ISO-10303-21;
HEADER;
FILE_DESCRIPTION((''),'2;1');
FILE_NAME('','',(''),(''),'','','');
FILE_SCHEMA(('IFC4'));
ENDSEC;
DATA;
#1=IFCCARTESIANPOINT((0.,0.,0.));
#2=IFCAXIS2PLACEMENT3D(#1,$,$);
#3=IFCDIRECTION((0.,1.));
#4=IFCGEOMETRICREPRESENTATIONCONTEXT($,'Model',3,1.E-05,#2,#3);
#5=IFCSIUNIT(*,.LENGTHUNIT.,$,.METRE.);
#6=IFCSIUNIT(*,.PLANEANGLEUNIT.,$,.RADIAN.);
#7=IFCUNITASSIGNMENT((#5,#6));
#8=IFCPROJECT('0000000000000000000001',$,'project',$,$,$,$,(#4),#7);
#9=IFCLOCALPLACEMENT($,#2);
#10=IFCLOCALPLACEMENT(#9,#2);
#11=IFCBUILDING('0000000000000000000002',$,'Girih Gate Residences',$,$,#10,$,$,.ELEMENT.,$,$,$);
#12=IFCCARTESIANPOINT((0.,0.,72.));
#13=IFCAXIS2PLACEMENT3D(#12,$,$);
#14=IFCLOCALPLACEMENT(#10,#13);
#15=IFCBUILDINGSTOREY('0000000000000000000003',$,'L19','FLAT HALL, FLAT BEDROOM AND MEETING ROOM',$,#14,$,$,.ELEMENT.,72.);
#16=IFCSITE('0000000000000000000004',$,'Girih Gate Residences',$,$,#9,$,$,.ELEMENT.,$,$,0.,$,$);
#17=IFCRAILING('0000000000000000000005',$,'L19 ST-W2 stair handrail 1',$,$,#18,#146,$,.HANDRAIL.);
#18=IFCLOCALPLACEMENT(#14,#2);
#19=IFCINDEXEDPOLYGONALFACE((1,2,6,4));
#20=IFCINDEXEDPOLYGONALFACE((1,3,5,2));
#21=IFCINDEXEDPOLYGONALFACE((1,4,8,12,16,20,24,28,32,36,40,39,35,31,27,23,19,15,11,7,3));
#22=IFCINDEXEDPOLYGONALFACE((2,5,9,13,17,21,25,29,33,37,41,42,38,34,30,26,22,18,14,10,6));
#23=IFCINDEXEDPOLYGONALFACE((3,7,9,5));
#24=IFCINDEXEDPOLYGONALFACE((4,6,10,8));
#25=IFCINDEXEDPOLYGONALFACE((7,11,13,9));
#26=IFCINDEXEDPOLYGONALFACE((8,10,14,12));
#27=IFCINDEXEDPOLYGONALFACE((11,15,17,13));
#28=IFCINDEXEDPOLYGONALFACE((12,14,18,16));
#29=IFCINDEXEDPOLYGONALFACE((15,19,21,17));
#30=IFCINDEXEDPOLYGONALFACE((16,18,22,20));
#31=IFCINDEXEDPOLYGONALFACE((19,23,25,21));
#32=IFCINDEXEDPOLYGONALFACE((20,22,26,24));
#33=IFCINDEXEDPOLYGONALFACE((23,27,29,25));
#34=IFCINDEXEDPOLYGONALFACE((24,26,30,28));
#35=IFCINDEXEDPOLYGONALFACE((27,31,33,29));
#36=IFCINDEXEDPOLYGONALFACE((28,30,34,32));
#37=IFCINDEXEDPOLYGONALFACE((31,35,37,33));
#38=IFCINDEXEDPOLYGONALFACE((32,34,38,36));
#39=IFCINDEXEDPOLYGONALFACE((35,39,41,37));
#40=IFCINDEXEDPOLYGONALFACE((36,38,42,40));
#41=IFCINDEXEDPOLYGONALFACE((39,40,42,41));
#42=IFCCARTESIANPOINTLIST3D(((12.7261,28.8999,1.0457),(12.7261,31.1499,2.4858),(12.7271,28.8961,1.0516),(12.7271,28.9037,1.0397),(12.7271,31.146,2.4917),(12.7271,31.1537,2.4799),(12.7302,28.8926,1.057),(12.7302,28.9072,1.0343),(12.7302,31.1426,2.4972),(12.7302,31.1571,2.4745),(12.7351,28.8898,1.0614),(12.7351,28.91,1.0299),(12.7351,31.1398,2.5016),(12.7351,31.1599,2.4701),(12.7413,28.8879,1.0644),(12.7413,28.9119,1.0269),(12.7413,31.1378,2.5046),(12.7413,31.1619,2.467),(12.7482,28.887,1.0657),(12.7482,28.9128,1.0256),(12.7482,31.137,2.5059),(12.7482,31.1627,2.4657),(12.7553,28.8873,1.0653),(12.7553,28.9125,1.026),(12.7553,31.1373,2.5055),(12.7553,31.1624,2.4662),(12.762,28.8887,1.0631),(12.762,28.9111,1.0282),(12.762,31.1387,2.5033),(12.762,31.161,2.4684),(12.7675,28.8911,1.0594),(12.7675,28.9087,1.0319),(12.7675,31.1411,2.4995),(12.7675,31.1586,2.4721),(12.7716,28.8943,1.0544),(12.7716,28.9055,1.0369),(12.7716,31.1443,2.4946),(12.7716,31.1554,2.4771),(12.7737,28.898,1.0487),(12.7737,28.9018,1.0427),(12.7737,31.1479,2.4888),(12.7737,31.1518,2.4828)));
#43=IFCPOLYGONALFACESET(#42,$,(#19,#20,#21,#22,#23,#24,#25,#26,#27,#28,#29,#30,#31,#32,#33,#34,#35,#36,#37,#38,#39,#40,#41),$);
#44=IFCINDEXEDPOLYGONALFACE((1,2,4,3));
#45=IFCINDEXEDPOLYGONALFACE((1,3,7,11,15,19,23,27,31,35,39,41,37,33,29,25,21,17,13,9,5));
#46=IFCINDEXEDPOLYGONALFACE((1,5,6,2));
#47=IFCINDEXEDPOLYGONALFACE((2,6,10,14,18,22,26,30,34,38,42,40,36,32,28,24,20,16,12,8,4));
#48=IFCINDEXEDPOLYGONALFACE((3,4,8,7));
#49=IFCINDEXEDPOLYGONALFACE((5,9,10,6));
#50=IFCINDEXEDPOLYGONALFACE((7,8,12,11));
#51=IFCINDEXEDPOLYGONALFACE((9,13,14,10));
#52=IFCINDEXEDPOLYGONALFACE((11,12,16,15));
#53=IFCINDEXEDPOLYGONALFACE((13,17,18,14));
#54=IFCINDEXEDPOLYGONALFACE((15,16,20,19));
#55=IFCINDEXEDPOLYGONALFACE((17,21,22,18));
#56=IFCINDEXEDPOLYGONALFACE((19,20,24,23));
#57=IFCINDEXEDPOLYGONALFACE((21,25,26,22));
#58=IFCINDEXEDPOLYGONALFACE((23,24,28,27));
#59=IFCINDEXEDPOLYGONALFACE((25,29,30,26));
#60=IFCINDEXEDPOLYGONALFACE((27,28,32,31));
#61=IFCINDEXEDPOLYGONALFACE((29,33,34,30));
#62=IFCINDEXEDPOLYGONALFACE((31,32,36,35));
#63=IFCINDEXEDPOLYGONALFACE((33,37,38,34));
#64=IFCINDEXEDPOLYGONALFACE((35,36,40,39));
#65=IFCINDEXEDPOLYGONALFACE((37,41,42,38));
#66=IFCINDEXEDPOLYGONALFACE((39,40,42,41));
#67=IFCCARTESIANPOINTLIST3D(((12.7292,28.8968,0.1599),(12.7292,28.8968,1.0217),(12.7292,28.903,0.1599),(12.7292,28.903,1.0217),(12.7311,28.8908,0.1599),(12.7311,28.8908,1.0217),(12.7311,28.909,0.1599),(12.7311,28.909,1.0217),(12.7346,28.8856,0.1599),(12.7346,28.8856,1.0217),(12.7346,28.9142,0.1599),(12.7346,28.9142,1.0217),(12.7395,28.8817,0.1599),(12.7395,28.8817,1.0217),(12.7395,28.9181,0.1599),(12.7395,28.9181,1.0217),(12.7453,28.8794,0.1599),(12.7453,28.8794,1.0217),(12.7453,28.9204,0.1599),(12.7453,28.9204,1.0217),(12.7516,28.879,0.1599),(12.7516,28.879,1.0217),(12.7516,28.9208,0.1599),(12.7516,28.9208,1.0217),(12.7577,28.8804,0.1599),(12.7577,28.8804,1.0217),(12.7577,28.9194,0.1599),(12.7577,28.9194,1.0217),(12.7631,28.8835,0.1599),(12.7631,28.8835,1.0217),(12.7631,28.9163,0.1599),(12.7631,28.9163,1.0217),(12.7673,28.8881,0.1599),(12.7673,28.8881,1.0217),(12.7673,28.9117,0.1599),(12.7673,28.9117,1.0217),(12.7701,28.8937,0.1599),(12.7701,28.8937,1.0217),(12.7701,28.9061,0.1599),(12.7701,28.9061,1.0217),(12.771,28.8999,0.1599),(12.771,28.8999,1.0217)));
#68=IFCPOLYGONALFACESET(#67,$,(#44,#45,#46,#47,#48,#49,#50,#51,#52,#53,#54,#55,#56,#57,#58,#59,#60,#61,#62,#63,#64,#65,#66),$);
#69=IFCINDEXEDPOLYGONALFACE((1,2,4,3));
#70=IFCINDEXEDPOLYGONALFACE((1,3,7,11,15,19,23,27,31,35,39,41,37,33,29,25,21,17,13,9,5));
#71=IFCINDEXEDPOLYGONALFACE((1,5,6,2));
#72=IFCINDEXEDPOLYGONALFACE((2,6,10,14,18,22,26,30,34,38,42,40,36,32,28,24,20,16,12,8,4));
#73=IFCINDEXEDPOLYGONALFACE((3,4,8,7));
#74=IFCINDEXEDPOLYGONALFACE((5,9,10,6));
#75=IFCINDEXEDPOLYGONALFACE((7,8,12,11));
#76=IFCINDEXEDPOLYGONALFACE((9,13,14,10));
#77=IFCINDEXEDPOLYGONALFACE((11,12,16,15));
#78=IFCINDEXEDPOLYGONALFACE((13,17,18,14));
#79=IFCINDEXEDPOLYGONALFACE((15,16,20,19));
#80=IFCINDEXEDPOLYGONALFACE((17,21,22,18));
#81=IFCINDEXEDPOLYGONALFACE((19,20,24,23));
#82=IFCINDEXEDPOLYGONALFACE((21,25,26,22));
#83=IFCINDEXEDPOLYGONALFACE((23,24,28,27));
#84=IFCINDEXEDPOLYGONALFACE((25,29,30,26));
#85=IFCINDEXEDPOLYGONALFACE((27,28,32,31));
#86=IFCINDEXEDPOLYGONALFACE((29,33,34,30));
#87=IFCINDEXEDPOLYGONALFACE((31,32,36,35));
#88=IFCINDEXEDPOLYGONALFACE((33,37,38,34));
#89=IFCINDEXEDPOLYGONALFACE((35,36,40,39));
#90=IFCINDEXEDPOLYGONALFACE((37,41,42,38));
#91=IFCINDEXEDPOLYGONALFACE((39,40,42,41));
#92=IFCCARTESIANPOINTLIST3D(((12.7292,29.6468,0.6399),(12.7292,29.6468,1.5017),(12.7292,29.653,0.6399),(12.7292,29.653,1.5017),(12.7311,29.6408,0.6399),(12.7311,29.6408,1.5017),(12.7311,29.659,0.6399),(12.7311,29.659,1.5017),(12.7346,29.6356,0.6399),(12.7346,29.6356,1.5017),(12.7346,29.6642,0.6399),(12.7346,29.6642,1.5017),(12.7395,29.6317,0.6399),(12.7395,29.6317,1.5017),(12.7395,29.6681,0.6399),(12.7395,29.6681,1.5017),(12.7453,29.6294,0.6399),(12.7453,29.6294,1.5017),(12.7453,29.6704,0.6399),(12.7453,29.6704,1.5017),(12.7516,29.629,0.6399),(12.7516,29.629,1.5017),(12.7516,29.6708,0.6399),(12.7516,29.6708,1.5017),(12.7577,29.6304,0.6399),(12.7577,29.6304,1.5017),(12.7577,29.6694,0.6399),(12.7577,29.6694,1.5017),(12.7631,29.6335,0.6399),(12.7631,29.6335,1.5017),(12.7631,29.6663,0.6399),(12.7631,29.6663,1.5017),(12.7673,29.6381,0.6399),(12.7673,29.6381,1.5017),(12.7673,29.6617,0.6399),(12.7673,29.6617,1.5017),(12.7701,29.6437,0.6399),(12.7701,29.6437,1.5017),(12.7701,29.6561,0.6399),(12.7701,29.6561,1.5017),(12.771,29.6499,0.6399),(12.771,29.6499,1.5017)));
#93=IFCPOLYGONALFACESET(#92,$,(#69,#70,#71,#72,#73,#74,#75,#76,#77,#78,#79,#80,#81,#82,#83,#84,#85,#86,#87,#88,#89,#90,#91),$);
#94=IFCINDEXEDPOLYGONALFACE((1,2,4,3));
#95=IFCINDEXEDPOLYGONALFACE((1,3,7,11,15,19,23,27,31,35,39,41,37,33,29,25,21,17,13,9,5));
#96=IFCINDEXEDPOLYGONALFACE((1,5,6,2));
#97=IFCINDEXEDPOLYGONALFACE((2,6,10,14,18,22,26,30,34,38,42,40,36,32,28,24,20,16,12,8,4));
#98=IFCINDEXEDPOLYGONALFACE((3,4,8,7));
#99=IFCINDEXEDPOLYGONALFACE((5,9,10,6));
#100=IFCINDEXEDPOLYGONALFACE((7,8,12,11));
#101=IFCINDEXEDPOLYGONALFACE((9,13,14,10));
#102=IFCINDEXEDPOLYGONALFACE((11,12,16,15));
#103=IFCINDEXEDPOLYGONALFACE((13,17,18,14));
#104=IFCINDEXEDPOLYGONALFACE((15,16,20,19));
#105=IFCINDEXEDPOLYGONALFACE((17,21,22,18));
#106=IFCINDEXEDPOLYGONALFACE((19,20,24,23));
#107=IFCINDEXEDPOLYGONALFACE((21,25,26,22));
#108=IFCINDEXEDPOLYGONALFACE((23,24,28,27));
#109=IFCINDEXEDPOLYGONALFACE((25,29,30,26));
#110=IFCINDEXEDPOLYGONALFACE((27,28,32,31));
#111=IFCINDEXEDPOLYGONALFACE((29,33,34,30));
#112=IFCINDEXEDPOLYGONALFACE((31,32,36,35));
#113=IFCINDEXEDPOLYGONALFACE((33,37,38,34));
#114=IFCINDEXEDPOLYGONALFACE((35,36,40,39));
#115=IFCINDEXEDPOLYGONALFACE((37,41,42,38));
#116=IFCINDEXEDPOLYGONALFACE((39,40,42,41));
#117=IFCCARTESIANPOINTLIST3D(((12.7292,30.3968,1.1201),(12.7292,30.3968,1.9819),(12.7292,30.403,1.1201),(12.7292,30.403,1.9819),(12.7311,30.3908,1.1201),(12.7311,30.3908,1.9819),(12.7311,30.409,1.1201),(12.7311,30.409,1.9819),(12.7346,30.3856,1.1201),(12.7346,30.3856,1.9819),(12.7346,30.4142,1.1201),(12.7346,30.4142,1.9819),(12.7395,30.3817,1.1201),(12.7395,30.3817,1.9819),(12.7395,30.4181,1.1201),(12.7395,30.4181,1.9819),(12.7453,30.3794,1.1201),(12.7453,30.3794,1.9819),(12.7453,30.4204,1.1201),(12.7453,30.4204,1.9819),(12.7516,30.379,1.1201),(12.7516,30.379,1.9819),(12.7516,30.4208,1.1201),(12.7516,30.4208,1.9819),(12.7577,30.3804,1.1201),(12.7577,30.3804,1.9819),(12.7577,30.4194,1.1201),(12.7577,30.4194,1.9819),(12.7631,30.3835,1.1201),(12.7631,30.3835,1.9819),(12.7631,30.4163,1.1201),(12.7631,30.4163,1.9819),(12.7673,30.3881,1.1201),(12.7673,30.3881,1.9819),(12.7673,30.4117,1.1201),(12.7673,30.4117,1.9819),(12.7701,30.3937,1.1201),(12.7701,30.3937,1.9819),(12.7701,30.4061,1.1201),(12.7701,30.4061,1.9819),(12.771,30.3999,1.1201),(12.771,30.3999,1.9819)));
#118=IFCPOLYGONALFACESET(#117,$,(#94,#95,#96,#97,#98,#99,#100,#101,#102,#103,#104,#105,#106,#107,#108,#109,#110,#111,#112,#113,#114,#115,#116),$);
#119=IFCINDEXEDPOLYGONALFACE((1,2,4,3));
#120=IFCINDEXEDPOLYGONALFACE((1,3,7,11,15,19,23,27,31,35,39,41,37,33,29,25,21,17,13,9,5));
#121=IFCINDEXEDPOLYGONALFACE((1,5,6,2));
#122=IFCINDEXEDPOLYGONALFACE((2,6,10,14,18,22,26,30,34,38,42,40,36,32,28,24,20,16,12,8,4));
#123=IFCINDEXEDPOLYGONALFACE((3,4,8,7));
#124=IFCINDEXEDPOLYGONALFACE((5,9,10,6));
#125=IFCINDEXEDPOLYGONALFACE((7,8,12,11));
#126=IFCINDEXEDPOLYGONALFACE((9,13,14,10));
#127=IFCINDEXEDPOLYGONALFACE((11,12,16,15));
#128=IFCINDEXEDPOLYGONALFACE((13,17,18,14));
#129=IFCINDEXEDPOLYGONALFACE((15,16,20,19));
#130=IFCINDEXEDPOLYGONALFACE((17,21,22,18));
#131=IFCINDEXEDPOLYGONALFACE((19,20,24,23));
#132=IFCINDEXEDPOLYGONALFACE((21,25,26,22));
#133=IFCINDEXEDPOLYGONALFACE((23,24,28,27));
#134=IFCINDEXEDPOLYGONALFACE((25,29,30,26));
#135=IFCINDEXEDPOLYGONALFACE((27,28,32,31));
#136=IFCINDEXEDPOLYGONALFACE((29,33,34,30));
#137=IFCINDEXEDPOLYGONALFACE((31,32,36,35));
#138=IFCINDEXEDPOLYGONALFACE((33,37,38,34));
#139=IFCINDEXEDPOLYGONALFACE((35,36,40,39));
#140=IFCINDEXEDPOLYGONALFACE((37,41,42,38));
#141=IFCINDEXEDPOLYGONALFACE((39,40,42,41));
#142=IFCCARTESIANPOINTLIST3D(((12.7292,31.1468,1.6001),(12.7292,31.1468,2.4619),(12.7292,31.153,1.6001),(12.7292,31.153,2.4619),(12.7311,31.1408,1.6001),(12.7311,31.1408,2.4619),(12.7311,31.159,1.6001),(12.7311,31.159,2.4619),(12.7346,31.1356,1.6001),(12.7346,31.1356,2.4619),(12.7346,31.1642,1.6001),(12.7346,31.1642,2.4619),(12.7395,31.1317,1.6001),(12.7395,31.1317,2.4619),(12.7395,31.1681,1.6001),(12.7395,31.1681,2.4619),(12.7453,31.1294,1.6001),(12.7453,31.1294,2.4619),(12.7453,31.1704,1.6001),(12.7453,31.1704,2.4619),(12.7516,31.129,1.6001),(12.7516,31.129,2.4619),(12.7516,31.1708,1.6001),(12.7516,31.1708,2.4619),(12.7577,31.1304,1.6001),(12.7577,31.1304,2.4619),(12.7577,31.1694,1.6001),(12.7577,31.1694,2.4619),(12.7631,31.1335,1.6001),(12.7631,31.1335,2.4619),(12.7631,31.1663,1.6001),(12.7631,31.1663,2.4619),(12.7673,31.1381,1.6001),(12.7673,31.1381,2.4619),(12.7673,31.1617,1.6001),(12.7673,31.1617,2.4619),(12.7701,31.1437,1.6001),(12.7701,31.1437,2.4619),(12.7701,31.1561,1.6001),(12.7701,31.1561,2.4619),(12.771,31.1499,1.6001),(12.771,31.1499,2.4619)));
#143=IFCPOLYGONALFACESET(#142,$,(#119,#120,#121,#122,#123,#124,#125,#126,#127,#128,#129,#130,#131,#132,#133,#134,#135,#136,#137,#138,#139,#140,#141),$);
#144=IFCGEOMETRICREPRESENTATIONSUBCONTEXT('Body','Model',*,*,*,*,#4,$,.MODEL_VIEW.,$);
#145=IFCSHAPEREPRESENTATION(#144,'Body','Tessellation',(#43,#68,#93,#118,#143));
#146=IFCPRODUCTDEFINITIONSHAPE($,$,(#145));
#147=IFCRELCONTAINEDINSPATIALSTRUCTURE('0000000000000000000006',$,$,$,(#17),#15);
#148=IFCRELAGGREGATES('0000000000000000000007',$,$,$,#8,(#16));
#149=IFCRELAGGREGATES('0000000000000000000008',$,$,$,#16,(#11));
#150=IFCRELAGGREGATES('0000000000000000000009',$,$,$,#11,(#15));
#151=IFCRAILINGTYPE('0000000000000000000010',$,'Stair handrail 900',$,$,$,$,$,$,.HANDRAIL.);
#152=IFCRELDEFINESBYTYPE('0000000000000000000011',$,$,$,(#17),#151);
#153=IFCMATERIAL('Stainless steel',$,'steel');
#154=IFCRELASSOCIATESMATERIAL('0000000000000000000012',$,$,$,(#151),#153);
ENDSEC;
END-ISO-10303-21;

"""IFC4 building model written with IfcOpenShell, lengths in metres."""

from ifc_helpers import new_model, si_unit, direction, frame, origin, origin_2d, place, context, subcontext, project, spatial, circle, extrude, material, type_object, element, save


model = new_model("IFC4")

# Units and contexts
model_context = context("Model", 3, precision=1e-05, world=origin(), true_north=direction((0.0, 1.0)))
body_context = subcontext(model_context, "Body", "Model", "MODEL_VIEW")
ifc_project = project(units=[si_unit("LENGTHUNIT", "METRE"), si_unit("PLANEANGLEUNIT", "RADIAN")], contexts=[model_context])

# Site, building, storey
site_placement = place(None, origin())
site = spatial("IfcSite", under=ifc_project, at=site_placement, Name="Girih Gate Residences", CompositionType="ELEMENT", RefElevation=0.0)
building_placement = place(site_placement, origin())
building = spatial("IfcBuilding", under=site, at=building_placement, Name="Girih Gate Residences", CompositionType="ELEMENT")
storey_placement = place(building_placement, frame((0.0, 0.0, 72.0)))
storey = spatial("IfcBuildingStorey", under=building, at=storey_placement, Name="L19", Description="FLAT HALL, FLAT BEDROOM AND MEETING ROOM", CompositionType="ELEMENT", Elevation=72.0)

# Railing
ifc_material_1 = material(Name="Stainless steel", Category="steel")
railing_type_1 = type_object("IfcRailingType", Name="Stair handrail 900", PredefinedType="HANDRAIL", material=ifc_material_1)
railing_1_placement = place(storey_placement, frame((12.75, 28.8999, 0.1599)))
element("IfcRailing", 1, at=railing_1_placement, inside=storey, type_object=railing_type_1, Name="L19 ST-W2 stair handrail 1", PredefinedType="HANDRAIL", context=body_context, shape_type="SweptSolid", body=[
    extrude(circle(Radius=0.0239, at=origin_2d()), frame((0.0, 0.0, 0.8857), z_axis=(0.0, 0.84224, 0.539103), x_axis=(-1.0, 0.0, 0.0)), (0.0, 0.0, 1.0), 2.6714),
    extrude(circle(Radius=0.021, at=origin_2d()), origin(), (0.0, 0.0, 1.0), 0.8618),
    extrude(circle(Radius=0.021, at=origin_2d()), frame((0.0, 0.75, 0.48)), (0.0, 0.0, 1.0), 0.8618),
    extrude(circle(Radius=0.021, at=origin_2d()), frame((0.0, 1.5, 0.9602)), (0.0, 0.0, 1.0), 0.8618),
    extrude(circle(Radius=0.021, at=origin_2d()), frame((0.0, 2.25, 1.4402)), (0.0, 0.0, 1.0), 0.8618),
])

save(model, "model.ifc")
